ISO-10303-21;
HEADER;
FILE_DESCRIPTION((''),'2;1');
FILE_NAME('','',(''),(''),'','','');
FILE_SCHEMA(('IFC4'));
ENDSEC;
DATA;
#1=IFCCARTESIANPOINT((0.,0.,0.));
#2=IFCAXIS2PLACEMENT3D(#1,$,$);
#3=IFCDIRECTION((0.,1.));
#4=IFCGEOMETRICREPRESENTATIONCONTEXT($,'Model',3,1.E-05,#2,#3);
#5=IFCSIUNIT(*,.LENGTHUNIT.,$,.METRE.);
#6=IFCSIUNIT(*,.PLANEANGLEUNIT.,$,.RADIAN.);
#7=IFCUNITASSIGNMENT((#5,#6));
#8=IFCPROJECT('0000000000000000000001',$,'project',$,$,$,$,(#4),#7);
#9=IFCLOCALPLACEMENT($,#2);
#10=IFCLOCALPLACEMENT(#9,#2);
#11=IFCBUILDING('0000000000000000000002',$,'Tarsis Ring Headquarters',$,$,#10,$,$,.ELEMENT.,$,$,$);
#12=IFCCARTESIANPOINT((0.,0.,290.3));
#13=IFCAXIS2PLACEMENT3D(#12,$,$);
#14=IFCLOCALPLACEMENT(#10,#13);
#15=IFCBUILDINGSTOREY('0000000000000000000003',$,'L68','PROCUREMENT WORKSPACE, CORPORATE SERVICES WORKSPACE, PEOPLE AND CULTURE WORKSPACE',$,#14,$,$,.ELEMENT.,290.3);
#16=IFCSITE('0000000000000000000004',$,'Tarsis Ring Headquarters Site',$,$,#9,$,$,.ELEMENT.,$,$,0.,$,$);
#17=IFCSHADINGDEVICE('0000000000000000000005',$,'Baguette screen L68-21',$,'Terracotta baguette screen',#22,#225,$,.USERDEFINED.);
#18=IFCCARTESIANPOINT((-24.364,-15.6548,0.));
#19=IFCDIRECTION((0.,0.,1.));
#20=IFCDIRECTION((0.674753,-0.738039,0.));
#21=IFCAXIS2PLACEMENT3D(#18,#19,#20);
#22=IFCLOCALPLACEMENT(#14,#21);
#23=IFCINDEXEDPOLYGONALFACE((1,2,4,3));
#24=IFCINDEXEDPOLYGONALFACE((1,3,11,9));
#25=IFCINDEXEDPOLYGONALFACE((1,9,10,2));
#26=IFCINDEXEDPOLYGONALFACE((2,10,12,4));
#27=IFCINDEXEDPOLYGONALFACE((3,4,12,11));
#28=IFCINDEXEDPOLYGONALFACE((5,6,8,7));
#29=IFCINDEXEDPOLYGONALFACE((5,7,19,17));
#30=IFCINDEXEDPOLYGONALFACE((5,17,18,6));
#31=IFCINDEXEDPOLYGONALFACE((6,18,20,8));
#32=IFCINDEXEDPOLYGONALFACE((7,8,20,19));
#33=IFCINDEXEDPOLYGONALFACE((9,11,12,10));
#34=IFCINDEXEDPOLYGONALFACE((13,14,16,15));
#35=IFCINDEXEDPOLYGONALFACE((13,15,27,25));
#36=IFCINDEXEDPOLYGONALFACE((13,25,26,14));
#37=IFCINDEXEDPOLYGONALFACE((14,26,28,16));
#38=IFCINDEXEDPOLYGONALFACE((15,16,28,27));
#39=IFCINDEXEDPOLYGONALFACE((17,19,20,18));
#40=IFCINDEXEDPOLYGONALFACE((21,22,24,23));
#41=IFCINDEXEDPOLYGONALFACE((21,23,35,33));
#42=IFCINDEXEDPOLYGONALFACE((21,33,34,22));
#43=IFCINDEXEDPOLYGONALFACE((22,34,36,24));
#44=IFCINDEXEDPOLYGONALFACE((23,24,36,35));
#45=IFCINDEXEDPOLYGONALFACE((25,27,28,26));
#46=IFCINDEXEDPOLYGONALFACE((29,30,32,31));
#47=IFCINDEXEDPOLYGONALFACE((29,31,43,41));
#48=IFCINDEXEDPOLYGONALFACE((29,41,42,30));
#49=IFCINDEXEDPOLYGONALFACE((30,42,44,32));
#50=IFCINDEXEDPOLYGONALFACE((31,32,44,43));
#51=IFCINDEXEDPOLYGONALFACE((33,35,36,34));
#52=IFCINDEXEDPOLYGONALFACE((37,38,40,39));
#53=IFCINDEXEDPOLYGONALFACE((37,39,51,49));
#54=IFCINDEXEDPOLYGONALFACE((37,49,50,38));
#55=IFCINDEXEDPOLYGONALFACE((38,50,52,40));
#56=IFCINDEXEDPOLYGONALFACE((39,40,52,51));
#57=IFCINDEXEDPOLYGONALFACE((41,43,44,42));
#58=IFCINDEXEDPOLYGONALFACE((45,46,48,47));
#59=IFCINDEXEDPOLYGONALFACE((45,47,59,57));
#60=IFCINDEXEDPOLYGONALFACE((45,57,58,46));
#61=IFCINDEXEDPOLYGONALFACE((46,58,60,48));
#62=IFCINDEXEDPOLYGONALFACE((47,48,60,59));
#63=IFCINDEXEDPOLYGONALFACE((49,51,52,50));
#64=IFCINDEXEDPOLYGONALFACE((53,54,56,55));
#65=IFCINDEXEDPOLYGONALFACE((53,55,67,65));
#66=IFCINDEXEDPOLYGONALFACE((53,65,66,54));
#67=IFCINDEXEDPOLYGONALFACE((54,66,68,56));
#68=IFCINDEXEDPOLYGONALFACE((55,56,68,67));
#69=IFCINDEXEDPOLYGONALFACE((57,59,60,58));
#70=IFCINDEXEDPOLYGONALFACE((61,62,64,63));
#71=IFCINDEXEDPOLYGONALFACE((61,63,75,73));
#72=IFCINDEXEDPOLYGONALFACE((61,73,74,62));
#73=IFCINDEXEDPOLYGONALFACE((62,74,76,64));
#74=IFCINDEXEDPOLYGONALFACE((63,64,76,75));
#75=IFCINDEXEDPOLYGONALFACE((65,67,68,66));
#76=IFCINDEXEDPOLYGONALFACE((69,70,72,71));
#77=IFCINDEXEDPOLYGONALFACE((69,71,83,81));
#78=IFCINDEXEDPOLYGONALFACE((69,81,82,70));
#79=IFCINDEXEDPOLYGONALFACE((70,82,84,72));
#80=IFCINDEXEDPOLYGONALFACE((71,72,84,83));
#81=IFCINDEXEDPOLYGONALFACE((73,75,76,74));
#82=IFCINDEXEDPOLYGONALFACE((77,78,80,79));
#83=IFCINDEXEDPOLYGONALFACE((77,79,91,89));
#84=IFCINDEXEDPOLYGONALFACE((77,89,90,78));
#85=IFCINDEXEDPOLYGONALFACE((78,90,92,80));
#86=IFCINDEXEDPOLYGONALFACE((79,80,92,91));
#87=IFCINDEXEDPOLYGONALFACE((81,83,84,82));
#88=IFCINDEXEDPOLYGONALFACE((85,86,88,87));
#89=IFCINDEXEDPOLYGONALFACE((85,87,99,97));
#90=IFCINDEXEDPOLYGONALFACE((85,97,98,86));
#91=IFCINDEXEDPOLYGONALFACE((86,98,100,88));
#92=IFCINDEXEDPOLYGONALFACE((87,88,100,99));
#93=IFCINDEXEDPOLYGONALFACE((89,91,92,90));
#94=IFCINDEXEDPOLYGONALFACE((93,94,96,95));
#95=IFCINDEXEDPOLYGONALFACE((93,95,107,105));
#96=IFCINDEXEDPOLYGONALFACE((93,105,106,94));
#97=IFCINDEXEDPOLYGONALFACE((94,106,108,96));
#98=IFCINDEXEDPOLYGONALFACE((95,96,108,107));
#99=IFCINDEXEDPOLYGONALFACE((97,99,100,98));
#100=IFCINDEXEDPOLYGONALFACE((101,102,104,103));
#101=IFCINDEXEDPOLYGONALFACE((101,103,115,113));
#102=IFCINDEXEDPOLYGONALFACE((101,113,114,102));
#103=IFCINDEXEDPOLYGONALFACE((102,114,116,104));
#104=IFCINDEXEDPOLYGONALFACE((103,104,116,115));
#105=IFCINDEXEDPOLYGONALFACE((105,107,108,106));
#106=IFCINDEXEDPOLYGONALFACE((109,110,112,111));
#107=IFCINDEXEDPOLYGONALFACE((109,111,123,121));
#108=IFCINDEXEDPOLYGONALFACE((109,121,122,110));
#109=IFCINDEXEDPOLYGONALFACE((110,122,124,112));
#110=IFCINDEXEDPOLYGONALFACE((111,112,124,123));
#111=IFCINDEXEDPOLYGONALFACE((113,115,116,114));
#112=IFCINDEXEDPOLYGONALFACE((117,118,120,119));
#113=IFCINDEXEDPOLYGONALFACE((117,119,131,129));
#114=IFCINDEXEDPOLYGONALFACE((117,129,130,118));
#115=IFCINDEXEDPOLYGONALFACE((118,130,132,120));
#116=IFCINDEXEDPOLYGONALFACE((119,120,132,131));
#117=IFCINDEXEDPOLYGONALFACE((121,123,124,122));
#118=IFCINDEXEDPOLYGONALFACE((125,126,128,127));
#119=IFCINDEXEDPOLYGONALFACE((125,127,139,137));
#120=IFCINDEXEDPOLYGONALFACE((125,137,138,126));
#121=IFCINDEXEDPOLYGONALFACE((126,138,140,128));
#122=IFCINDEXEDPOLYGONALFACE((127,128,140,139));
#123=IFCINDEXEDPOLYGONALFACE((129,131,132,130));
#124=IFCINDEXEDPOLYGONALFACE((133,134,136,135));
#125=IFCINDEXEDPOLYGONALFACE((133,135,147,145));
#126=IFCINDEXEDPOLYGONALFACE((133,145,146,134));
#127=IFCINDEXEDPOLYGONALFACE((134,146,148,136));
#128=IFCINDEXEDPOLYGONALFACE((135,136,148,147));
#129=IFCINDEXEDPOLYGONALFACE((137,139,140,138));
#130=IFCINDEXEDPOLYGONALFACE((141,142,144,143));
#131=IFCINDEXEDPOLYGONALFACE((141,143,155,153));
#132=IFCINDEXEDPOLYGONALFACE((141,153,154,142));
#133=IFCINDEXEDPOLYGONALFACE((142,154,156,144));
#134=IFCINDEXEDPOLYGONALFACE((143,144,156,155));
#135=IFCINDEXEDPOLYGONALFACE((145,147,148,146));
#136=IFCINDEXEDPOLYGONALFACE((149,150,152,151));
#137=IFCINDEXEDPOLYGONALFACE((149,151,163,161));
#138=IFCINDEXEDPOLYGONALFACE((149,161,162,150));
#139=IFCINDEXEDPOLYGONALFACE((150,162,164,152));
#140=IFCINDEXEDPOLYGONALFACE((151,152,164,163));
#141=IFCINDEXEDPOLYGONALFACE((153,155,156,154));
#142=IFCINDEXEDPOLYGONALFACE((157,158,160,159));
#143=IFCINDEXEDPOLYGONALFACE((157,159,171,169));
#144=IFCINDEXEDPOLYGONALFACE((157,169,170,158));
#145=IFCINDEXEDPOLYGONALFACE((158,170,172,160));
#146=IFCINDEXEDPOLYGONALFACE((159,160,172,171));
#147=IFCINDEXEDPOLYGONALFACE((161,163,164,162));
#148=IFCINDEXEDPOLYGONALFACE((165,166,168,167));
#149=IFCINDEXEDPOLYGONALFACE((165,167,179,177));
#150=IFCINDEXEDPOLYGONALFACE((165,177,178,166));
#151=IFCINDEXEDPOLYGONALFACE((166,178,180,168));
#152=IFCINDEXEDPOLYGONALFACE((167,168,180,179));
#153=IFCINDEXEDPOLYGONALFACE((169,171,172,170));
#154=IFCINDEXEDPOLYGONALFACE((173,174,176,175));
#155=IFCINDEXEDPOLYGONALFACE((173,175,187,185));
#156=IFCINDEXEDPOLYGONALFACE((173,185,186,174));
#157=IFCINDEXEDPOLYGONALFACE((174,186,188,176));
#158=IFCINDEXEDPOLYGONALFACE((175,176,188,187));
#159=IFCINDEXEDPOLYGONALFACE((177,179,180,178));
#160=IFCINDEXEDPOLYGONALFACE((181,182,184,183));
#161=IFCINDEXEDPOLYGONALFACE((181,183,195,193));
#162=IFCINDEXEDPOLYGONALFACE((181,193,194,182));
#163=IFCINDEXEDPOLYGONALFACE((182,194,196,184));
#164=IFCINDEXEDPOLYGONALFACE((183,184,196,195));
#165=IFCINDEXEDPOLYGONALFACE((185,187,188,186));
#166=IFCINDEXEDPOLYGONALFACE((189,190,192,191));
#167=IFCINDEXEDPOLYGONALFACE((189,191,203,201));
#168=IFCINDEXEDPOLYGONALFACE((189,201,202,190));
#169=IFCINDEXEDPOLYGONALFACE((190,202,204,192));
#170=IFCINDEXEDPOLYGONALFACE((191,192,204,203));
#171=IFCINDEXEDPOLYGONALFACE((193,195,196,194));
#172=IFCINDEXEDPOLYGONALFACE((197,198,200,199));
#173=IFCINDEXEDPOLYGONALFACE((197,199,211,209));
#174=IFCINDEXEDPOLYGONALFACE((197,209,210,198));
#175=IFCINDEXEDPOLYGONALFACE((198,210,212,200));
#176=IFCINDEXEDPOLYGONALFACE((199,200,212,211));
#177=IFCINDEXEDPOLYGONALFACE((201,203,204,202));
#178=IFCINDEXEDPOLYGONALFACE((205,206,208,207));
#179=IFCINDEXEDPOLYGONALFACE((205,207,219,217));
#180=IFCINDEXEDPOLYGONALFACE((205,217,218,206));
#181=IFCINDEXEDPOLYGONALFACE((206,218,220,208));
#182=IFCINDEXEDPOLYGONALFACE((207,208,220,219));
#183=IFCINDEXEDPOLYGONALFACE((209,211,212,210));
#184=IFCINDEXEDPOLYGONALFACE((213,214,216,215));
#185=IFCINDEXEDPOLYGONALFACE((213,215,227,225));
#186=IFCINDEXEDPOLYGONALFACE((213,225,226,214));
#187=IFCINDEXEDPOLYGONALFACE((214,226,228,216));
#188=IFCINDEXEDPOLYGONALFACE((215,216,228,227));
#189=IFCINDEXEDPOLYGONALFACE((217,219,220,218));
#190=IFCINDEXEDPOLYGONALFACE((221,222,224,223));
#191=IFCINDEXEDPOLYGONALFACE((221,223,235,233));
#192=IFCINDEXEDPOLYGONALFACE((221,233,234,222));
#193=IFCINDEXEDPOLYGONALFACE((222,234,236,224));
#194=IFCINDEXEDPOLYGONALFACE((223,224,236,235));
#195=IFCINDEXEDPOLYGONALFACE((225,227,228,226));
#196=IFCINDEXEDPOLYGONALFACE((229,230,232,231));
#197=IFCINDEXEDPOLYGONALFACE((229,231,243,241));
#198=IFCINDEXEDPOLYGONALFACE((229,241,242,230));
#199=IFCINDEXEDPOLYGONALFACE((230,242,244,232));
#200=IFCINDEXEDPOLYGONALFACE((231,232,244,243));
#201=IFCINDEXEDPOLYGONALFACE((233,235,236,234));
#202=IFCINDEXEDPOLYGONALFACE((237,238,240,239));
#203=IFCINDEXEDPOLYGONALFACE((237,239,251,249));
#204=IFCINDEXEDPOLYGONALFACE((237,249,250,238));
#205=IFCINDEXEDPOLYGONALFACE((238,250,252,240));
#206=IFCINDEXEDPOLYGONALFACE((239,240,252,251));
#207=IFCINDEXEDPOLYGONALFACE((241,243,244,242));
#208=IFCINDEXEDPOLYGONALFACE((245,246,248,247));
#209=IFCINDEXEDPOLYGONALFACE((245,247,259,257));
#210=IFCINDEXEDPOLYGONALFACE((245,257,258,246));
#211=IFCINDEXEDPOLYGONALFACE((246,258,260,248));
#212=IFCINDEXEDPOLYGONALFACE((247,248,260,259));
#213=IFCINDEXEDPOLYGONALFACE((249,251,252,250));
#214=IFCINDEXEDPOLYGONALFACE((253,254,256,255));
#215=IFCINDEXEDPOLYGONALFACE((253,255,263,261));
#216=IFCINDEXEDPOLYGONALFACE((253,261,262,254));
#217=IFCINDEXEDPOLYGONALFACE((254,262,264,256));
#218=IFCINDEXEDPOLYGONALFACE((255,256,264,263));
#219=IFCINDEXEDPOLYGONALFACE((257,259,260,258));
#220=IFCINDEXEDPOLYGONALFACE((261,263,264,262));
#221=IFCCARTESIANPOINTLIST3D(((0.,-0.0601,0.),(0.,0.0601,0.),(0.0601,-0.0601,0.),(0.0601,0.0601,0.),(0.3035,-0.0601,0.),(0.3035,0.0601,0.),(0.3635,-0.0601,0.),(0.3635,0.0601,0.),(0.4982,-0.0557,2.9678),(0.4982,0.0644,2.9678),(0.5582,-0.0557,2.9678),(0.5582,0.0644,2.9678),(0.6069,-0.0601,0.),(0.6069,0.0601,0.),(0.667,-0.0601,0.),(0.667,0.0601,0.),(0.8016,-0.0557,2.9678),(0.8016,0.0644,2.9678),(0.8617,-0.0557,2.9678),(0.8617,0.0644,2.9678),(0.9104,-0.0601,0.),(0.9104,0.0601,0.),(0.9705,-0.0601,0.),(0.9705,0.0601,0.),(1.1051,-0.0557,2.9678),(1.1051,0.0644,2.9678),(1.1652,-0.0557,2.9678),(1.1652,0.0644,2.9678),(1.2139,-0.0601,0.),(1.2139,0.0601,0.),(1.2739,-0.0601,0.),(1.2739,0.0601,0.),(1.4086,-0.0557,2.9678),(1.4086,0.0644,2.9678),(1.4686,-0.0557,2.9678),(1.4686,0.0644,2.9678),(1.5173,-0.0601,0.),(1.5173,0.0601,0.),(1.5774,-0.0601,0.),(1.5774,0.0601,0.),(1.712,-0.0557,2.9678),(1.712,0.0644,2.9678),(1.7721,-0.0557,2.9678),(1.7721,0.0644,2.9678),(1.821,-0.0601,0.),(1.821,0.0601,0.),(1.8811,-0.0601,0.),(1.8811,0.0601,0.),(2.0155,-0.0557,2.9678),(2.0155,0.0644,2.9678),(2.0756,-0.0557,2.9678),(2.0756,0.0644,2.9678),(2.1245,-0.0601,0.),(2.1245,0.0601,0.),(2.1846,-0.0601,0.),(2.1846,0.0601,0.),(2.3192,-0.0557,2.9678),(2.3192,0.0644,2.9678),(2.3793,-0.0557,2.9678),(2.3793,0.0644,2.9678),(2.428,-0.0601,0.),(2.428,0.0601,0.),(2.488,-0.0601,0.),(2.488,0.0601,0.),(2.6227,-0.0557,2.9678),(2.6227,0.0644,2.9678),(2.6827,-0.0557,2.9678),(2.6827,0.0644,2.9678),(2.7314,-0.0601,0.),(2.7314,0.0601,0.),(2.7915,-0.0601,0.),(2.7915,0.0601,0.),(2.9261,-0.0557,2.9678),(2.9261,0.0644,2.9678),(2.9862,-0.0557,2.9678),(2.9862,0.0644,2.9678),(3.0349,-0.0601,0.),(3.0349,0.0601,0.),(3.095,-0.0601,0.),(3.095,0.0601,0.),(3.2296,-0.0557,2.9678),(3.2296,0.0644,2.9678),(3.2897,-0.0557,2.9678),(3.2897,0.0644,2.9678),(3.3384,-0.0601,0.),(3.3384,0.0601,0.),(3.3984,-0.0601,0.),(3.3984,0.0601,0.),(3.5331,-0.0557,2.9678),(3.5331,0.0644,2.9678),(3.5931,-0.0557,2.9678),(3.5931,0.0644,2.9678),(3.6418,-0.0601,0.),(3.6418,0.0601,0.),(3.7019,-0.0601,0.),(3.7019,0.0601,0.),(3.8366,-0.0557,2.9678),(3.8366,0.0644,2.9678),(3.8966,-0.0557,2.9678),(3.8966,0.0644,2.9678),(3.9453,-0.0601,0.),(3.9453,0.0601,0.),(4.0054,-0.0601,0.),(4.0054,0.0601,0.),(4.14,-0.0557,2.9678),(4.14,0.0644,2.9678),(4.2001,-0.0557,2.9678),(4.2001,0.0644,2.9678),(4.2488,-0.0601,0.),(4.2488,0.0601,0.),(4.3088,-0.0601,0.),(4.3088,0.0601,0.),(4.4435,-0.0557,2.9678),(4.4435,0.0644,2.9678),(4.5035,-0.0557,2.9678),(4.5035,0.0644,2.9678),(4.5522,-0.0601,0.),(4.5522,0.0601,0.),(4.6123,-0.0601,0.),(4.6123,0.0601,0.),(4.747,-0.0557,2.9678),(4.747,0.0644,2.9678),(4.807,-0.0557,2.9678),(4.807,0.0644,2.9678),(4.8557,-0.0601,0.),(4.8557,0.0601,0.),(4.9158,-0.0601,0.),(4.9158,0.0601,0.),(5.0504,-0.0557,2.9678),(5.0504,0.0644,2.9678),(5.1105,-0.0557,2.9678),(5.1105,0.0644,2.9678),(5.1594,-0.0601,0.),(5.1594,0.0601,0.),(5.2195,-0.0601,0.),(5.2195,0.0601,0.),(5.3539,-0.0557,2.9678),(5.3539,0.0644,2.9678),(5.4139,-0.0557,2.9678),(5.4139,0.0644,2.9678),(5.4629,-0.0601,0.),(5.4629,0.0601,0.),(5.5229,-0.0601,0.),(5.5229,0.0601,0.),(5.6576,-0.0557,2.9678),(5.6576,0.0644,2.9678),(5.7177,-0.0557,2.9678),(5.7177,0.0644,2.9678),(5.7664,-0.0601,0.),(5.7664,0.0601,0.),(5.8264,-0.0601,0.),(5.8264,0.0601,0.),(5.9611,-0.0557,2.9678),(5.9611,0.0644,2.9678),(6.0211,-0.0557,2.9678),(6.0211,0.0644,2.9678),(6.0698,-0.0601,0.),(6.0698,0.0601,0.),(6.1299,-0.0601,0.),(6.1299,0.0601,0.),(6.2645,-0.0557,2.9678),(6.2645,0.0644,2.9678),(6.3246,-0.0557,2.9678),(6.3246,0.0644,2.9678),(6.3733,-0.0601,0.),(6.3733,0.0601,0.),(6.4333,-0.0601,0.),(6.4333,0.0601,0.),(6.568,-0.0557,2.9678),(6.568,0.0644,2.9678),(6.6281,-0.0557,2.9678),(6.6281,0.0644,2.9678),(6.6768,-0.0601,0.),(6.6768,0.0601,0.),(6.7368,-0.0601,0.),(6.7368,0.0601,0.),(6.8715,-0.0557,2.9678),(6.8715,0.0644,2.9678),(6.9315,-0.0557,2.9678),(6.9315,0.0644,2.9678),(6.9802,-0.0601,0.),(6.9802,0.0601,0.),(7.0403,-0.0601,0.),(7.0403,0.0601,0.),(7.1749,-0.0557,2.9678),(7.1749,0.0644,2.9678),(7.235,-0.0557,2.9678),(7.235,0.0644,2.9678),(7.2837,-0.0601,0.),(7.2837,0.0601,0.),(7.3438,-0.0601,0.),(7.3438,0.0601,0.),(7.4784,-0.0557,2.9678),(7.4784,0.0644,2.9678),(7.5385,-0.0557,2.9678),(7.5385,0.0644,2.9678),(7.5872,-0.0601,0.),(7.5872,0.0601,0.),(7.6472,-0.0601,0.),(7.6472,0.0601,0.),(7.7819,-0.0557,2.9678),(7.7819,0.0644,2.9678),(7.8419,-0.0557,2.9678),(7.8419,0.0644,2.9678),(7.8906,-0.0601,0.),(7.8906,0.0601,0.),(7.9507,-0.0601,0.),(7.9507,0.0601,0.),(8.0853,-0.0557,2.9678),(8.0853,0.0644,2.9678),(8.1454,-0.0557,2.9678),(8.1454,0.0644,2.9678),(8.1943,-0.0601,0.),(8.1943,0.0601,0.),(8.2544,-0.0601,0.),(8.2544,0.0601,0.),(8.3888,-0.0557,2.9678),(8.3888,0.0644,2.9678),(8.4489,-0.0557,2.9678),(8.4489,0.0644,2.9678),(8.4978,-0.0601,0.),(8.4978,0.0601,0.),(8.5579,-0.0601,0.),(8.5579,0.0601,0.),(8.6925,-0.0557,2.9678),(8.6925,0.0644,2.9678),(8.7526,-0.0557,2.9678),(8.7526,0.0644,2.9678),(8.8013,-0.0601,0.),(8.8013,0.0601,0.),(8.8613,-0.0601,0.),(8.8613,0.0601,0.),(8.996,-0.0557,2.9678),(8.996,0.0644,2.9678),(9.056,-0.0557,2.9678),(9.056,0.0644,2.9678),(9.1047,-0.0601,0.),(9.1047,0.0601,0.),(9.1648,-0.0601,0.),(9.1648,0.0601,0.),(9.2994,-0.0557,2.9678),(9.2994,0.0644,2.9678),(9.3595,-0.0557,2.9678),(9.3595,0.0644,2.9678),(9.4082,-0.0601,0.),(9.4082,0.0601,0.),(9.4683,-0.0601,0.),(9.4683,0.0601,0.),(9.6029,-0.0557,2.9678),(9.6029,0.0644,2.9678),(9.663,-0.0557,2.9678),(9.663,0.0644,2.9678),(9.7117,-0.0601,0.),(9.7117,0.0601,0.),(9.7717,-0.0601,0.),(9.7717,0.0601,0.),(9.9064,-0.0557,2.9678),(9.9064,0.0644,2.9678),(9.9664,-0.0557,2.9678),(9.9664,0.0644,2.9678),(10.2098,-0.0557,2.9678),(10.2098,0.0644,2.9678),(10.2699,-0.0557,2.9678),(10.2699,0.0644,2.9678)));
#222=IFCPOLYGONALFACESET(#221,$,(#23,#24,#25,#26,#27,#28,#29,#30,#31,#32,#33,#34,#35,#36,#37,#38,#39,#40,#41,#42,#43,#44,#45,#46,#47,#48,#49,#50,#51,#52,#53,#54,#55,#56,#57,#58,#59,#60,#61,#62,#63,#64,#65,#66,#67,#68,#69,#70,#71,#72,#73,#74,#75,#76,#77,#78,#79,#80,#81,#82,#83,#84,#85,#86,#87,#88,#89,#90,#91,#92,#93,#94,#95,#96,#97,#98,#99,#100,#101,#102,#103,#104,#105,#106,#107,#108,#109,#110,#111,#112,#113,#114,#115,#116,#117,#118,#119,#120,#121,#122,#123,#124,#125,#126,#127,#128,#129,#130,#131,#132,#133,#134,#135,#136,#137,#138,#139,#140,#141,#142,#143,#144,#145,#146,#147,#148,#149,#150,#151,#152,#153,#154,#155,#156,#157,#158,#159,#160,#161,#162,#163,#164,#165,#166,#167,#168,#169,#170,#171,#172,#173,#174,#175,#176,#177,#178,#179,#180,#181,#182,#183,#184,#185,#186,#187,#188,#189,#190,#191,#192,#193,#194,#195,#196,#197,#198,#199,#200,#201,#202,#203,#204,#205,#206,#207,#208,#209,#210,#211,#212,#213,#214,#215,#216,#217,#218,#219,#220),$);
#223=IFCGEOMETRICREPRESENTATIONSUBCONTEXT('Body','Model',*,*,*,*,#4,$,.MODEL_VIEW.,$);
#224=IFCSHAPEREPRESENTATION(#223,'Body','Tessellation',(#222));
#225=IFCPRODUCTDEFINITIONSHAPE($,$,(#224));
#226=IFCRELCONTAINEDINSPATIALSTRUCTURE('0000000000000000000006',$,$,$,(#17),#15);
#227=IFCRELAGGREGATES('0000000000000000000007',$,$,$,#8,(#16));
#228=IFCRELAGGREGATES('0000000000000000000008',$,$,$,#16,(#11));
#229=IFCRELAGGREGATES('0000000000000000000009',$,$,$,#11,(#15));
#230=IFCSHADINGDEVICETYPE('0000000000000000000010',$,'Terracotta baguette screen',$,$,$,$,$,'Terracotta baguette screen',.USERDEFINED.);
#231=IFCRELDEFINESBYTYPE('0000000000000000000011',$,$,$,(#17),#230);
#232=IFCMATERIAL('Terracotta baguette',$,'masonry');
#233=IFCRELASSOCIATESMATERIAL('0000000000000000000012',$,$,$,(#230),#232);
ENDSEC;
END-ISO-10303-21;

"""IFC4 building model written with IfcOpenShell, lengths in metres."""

from ifc_helpers import new_model, si_unit, direction, frame, frame_2d, origin, place, context, subcontext, project, spatial, rectangle, composite_profile, extrude, material, type_object, element, save


model = new_model("IFC4")

# Units and contexts
model_context = context("Model", 3, precision=1e-05, world=origin(), true_north=direction((0.0, 1.0)))
body_context = subcontext(model_context, "Body", "Model", "MODEL_VIEW")
ifc_project = project(units=[si_unit("LENGTHUNIT", "METRE"), si_unit("PLANEANGLEUNIT", "RADIAN")], contexts=[model_context])

# Site, building, storey
site_placement = place(None, origin())
site = spatial("IfcSite", under=ifc_project, at=site_placement, Name="Tarsis Ring Headquarters Site", CompositionType="ELEMENT", RefElevation=0.0)
building_placement = place(site_placement, origin())
building = spatial("IfcBuilding", under=site, at=building_placement, Name="Tarsis Ring Headquarters", CompositionType="ELEMENT")
storey_placement = place(building_placement, frame((0.0, 0.0, 290.3)))
storey = spatial("IfcBuildingStorey", under=building, at=storey_placement, Name="L68", Description="PROCUREMENT WORKSPACE, CORPORATE SERVICES WORKSPACE, PEOPLE AND CULTURE WORKSPACE", CompositionType="ELEMENT", Elevation=290.3)

# Shading device
ifc_material_1 = material(Name="Terracotta baguette", Category="masonry")
shading_device_type = type_object("IfcShadingDeviceType", Name="Terracotta baguette screen", ElementType="Terracotta baguette screen", PredefinedType="USERDEFINED", material=ifc_material_1)
shading_device_1_placement = place(storey_placement, frame((-24.364, -15.6548, 0.0), z_axis=(0.0, 0.0, 1.0), x_axis=(0.674753, -0.738039, 0.0)))
element("IfcShadingDevice", 1, at=shading_device_1_placement, inside=storey, type_object=shading_device_type, Name="Baguette screen L68-21", ObjectType="Terracotta baguette screen", PredefinedType="USERDEFINED", context=body_context, shape_type="SweptSolid", body=[
    extrude(composite_profile([rectangle(XDim=0.0601, YDim=0.1201, at=frame_2d((0.03, 0.0))), rectangle(XDim=0.0601, YDim=0.1201, at=frame_2d((0.3335, 0.0))), rectangle(XDim=0.0601, YDim=0.1201, at=frame_2d((0.637, 0.0))), rectangle(XDim=0.0601, YDim=0.1201, at=frame_2d((0.9404, 0.0))), rectangle(XDim=0.0601, YDim=0.1201, at=frame_2d((1.2439, 0.0))), rectangle(XDim=0.0601, YDim=0.1201, at=frame_2d((1.5474, 0.0))), rectangle(XDim=0.0601, YDim=0.1201, at=frame_2d((1.8511, 0.0))), rectangle(XDim=0.0601, YDim=0.1201, at=frame_2d((2.1545, 0.0))), rectangle(XDim=0.0601, YDim=0.1201, at=frame_2d((2.458, 0.0))), rectangle(XDim=0.0601, YDim=0.1201, at=frame_2d((2.7615, 0.0))), rectangle(XDim=0.0601, YDim=0.1201, at=frame_2d((3.0649, 0.0))), rectangle(XDim=0.0601, YDim=0.1201, at=frame_2d((3.3684, 0.0))), rectangle(XDim=0.0601, YDim=0.1201, at=frame_2d((3.6719, 0.0))), rectangle(XDim=0.0601, YDim=0.1201, at=frame_2d((3.9753, 0.0))), rectangle(XDim=0.0601, YDim=0.1201, at=frame_2d((4.2788, 0.0))), rectangle(XDim=0.0601, YDim=0.1201, at=frame_2d((4.5823, 0.0))), rectangle(XDim=0.0601, YDim=0.1201, at=frame_2d((4.8857, 0.0))), rectangle(XDim=0.0601, YDim=0.1201, at=frame_2d((5.1895, 0.0))), rectangle(XDim=0.0601, YDim=0.1201, at=frame_2d((5.4929, 0.0))), rectangle(XDim=0.0601, YDim=0.1201, at=frame_2d((5.7964, 0.0))), rectangle(XDim=0.0601, YDim=0.1201, at=frame_2d((6.0999, 0.0))), rectangle(XDim=0.0601, YDim=0.1201, at=frame_2d((6.4033, 0.0))), rectangle(XDim=0.0601, YDim=0.1201, at=frame_2d((6.7068, 0.0))), rectangle(XDim=0.0601, YDim=0.1201, at=frame_2d((7.0103, 0.0))), rectangle(XDim=0.0601, YDim=0.1201, at=frame_2d((7.3137, 0.0))), rectangle(XDim=0.0601, YDim=0.1201, at=frame_2d((7.6172, 0.0))), rectangle(XDim=0.0601, YDim=0.1201, at=frame_2d((7.9207, 0.0))), rectangle(XDim=0.0601, YDim=0.1201, at=frame_2d((8.2244, 0.0))), rectangle(XDim=0.0601, YDim=0.1201, at=frame_2d((8.5278, 0.0))), rectangle(XDim=0.0601, YDim=0.1201, at=frame_2d((8.8313, 0.0))), rectangle(XDim=0.0601, YDim=0.1201, at=frame_2d((9.1348, 0.0))), rectangle(XDim=0.0601, YDim=0.1201, at=frame_2d((9.4382, 0.0))), rectangle(XDim=0.0601, YDim=0.1201, at=frame_2d((9.7417, 0.0)))]), origin(), (0.165545, 0.001444, 0.986201), 3.0093),
])

save(model, "model.ifc")
